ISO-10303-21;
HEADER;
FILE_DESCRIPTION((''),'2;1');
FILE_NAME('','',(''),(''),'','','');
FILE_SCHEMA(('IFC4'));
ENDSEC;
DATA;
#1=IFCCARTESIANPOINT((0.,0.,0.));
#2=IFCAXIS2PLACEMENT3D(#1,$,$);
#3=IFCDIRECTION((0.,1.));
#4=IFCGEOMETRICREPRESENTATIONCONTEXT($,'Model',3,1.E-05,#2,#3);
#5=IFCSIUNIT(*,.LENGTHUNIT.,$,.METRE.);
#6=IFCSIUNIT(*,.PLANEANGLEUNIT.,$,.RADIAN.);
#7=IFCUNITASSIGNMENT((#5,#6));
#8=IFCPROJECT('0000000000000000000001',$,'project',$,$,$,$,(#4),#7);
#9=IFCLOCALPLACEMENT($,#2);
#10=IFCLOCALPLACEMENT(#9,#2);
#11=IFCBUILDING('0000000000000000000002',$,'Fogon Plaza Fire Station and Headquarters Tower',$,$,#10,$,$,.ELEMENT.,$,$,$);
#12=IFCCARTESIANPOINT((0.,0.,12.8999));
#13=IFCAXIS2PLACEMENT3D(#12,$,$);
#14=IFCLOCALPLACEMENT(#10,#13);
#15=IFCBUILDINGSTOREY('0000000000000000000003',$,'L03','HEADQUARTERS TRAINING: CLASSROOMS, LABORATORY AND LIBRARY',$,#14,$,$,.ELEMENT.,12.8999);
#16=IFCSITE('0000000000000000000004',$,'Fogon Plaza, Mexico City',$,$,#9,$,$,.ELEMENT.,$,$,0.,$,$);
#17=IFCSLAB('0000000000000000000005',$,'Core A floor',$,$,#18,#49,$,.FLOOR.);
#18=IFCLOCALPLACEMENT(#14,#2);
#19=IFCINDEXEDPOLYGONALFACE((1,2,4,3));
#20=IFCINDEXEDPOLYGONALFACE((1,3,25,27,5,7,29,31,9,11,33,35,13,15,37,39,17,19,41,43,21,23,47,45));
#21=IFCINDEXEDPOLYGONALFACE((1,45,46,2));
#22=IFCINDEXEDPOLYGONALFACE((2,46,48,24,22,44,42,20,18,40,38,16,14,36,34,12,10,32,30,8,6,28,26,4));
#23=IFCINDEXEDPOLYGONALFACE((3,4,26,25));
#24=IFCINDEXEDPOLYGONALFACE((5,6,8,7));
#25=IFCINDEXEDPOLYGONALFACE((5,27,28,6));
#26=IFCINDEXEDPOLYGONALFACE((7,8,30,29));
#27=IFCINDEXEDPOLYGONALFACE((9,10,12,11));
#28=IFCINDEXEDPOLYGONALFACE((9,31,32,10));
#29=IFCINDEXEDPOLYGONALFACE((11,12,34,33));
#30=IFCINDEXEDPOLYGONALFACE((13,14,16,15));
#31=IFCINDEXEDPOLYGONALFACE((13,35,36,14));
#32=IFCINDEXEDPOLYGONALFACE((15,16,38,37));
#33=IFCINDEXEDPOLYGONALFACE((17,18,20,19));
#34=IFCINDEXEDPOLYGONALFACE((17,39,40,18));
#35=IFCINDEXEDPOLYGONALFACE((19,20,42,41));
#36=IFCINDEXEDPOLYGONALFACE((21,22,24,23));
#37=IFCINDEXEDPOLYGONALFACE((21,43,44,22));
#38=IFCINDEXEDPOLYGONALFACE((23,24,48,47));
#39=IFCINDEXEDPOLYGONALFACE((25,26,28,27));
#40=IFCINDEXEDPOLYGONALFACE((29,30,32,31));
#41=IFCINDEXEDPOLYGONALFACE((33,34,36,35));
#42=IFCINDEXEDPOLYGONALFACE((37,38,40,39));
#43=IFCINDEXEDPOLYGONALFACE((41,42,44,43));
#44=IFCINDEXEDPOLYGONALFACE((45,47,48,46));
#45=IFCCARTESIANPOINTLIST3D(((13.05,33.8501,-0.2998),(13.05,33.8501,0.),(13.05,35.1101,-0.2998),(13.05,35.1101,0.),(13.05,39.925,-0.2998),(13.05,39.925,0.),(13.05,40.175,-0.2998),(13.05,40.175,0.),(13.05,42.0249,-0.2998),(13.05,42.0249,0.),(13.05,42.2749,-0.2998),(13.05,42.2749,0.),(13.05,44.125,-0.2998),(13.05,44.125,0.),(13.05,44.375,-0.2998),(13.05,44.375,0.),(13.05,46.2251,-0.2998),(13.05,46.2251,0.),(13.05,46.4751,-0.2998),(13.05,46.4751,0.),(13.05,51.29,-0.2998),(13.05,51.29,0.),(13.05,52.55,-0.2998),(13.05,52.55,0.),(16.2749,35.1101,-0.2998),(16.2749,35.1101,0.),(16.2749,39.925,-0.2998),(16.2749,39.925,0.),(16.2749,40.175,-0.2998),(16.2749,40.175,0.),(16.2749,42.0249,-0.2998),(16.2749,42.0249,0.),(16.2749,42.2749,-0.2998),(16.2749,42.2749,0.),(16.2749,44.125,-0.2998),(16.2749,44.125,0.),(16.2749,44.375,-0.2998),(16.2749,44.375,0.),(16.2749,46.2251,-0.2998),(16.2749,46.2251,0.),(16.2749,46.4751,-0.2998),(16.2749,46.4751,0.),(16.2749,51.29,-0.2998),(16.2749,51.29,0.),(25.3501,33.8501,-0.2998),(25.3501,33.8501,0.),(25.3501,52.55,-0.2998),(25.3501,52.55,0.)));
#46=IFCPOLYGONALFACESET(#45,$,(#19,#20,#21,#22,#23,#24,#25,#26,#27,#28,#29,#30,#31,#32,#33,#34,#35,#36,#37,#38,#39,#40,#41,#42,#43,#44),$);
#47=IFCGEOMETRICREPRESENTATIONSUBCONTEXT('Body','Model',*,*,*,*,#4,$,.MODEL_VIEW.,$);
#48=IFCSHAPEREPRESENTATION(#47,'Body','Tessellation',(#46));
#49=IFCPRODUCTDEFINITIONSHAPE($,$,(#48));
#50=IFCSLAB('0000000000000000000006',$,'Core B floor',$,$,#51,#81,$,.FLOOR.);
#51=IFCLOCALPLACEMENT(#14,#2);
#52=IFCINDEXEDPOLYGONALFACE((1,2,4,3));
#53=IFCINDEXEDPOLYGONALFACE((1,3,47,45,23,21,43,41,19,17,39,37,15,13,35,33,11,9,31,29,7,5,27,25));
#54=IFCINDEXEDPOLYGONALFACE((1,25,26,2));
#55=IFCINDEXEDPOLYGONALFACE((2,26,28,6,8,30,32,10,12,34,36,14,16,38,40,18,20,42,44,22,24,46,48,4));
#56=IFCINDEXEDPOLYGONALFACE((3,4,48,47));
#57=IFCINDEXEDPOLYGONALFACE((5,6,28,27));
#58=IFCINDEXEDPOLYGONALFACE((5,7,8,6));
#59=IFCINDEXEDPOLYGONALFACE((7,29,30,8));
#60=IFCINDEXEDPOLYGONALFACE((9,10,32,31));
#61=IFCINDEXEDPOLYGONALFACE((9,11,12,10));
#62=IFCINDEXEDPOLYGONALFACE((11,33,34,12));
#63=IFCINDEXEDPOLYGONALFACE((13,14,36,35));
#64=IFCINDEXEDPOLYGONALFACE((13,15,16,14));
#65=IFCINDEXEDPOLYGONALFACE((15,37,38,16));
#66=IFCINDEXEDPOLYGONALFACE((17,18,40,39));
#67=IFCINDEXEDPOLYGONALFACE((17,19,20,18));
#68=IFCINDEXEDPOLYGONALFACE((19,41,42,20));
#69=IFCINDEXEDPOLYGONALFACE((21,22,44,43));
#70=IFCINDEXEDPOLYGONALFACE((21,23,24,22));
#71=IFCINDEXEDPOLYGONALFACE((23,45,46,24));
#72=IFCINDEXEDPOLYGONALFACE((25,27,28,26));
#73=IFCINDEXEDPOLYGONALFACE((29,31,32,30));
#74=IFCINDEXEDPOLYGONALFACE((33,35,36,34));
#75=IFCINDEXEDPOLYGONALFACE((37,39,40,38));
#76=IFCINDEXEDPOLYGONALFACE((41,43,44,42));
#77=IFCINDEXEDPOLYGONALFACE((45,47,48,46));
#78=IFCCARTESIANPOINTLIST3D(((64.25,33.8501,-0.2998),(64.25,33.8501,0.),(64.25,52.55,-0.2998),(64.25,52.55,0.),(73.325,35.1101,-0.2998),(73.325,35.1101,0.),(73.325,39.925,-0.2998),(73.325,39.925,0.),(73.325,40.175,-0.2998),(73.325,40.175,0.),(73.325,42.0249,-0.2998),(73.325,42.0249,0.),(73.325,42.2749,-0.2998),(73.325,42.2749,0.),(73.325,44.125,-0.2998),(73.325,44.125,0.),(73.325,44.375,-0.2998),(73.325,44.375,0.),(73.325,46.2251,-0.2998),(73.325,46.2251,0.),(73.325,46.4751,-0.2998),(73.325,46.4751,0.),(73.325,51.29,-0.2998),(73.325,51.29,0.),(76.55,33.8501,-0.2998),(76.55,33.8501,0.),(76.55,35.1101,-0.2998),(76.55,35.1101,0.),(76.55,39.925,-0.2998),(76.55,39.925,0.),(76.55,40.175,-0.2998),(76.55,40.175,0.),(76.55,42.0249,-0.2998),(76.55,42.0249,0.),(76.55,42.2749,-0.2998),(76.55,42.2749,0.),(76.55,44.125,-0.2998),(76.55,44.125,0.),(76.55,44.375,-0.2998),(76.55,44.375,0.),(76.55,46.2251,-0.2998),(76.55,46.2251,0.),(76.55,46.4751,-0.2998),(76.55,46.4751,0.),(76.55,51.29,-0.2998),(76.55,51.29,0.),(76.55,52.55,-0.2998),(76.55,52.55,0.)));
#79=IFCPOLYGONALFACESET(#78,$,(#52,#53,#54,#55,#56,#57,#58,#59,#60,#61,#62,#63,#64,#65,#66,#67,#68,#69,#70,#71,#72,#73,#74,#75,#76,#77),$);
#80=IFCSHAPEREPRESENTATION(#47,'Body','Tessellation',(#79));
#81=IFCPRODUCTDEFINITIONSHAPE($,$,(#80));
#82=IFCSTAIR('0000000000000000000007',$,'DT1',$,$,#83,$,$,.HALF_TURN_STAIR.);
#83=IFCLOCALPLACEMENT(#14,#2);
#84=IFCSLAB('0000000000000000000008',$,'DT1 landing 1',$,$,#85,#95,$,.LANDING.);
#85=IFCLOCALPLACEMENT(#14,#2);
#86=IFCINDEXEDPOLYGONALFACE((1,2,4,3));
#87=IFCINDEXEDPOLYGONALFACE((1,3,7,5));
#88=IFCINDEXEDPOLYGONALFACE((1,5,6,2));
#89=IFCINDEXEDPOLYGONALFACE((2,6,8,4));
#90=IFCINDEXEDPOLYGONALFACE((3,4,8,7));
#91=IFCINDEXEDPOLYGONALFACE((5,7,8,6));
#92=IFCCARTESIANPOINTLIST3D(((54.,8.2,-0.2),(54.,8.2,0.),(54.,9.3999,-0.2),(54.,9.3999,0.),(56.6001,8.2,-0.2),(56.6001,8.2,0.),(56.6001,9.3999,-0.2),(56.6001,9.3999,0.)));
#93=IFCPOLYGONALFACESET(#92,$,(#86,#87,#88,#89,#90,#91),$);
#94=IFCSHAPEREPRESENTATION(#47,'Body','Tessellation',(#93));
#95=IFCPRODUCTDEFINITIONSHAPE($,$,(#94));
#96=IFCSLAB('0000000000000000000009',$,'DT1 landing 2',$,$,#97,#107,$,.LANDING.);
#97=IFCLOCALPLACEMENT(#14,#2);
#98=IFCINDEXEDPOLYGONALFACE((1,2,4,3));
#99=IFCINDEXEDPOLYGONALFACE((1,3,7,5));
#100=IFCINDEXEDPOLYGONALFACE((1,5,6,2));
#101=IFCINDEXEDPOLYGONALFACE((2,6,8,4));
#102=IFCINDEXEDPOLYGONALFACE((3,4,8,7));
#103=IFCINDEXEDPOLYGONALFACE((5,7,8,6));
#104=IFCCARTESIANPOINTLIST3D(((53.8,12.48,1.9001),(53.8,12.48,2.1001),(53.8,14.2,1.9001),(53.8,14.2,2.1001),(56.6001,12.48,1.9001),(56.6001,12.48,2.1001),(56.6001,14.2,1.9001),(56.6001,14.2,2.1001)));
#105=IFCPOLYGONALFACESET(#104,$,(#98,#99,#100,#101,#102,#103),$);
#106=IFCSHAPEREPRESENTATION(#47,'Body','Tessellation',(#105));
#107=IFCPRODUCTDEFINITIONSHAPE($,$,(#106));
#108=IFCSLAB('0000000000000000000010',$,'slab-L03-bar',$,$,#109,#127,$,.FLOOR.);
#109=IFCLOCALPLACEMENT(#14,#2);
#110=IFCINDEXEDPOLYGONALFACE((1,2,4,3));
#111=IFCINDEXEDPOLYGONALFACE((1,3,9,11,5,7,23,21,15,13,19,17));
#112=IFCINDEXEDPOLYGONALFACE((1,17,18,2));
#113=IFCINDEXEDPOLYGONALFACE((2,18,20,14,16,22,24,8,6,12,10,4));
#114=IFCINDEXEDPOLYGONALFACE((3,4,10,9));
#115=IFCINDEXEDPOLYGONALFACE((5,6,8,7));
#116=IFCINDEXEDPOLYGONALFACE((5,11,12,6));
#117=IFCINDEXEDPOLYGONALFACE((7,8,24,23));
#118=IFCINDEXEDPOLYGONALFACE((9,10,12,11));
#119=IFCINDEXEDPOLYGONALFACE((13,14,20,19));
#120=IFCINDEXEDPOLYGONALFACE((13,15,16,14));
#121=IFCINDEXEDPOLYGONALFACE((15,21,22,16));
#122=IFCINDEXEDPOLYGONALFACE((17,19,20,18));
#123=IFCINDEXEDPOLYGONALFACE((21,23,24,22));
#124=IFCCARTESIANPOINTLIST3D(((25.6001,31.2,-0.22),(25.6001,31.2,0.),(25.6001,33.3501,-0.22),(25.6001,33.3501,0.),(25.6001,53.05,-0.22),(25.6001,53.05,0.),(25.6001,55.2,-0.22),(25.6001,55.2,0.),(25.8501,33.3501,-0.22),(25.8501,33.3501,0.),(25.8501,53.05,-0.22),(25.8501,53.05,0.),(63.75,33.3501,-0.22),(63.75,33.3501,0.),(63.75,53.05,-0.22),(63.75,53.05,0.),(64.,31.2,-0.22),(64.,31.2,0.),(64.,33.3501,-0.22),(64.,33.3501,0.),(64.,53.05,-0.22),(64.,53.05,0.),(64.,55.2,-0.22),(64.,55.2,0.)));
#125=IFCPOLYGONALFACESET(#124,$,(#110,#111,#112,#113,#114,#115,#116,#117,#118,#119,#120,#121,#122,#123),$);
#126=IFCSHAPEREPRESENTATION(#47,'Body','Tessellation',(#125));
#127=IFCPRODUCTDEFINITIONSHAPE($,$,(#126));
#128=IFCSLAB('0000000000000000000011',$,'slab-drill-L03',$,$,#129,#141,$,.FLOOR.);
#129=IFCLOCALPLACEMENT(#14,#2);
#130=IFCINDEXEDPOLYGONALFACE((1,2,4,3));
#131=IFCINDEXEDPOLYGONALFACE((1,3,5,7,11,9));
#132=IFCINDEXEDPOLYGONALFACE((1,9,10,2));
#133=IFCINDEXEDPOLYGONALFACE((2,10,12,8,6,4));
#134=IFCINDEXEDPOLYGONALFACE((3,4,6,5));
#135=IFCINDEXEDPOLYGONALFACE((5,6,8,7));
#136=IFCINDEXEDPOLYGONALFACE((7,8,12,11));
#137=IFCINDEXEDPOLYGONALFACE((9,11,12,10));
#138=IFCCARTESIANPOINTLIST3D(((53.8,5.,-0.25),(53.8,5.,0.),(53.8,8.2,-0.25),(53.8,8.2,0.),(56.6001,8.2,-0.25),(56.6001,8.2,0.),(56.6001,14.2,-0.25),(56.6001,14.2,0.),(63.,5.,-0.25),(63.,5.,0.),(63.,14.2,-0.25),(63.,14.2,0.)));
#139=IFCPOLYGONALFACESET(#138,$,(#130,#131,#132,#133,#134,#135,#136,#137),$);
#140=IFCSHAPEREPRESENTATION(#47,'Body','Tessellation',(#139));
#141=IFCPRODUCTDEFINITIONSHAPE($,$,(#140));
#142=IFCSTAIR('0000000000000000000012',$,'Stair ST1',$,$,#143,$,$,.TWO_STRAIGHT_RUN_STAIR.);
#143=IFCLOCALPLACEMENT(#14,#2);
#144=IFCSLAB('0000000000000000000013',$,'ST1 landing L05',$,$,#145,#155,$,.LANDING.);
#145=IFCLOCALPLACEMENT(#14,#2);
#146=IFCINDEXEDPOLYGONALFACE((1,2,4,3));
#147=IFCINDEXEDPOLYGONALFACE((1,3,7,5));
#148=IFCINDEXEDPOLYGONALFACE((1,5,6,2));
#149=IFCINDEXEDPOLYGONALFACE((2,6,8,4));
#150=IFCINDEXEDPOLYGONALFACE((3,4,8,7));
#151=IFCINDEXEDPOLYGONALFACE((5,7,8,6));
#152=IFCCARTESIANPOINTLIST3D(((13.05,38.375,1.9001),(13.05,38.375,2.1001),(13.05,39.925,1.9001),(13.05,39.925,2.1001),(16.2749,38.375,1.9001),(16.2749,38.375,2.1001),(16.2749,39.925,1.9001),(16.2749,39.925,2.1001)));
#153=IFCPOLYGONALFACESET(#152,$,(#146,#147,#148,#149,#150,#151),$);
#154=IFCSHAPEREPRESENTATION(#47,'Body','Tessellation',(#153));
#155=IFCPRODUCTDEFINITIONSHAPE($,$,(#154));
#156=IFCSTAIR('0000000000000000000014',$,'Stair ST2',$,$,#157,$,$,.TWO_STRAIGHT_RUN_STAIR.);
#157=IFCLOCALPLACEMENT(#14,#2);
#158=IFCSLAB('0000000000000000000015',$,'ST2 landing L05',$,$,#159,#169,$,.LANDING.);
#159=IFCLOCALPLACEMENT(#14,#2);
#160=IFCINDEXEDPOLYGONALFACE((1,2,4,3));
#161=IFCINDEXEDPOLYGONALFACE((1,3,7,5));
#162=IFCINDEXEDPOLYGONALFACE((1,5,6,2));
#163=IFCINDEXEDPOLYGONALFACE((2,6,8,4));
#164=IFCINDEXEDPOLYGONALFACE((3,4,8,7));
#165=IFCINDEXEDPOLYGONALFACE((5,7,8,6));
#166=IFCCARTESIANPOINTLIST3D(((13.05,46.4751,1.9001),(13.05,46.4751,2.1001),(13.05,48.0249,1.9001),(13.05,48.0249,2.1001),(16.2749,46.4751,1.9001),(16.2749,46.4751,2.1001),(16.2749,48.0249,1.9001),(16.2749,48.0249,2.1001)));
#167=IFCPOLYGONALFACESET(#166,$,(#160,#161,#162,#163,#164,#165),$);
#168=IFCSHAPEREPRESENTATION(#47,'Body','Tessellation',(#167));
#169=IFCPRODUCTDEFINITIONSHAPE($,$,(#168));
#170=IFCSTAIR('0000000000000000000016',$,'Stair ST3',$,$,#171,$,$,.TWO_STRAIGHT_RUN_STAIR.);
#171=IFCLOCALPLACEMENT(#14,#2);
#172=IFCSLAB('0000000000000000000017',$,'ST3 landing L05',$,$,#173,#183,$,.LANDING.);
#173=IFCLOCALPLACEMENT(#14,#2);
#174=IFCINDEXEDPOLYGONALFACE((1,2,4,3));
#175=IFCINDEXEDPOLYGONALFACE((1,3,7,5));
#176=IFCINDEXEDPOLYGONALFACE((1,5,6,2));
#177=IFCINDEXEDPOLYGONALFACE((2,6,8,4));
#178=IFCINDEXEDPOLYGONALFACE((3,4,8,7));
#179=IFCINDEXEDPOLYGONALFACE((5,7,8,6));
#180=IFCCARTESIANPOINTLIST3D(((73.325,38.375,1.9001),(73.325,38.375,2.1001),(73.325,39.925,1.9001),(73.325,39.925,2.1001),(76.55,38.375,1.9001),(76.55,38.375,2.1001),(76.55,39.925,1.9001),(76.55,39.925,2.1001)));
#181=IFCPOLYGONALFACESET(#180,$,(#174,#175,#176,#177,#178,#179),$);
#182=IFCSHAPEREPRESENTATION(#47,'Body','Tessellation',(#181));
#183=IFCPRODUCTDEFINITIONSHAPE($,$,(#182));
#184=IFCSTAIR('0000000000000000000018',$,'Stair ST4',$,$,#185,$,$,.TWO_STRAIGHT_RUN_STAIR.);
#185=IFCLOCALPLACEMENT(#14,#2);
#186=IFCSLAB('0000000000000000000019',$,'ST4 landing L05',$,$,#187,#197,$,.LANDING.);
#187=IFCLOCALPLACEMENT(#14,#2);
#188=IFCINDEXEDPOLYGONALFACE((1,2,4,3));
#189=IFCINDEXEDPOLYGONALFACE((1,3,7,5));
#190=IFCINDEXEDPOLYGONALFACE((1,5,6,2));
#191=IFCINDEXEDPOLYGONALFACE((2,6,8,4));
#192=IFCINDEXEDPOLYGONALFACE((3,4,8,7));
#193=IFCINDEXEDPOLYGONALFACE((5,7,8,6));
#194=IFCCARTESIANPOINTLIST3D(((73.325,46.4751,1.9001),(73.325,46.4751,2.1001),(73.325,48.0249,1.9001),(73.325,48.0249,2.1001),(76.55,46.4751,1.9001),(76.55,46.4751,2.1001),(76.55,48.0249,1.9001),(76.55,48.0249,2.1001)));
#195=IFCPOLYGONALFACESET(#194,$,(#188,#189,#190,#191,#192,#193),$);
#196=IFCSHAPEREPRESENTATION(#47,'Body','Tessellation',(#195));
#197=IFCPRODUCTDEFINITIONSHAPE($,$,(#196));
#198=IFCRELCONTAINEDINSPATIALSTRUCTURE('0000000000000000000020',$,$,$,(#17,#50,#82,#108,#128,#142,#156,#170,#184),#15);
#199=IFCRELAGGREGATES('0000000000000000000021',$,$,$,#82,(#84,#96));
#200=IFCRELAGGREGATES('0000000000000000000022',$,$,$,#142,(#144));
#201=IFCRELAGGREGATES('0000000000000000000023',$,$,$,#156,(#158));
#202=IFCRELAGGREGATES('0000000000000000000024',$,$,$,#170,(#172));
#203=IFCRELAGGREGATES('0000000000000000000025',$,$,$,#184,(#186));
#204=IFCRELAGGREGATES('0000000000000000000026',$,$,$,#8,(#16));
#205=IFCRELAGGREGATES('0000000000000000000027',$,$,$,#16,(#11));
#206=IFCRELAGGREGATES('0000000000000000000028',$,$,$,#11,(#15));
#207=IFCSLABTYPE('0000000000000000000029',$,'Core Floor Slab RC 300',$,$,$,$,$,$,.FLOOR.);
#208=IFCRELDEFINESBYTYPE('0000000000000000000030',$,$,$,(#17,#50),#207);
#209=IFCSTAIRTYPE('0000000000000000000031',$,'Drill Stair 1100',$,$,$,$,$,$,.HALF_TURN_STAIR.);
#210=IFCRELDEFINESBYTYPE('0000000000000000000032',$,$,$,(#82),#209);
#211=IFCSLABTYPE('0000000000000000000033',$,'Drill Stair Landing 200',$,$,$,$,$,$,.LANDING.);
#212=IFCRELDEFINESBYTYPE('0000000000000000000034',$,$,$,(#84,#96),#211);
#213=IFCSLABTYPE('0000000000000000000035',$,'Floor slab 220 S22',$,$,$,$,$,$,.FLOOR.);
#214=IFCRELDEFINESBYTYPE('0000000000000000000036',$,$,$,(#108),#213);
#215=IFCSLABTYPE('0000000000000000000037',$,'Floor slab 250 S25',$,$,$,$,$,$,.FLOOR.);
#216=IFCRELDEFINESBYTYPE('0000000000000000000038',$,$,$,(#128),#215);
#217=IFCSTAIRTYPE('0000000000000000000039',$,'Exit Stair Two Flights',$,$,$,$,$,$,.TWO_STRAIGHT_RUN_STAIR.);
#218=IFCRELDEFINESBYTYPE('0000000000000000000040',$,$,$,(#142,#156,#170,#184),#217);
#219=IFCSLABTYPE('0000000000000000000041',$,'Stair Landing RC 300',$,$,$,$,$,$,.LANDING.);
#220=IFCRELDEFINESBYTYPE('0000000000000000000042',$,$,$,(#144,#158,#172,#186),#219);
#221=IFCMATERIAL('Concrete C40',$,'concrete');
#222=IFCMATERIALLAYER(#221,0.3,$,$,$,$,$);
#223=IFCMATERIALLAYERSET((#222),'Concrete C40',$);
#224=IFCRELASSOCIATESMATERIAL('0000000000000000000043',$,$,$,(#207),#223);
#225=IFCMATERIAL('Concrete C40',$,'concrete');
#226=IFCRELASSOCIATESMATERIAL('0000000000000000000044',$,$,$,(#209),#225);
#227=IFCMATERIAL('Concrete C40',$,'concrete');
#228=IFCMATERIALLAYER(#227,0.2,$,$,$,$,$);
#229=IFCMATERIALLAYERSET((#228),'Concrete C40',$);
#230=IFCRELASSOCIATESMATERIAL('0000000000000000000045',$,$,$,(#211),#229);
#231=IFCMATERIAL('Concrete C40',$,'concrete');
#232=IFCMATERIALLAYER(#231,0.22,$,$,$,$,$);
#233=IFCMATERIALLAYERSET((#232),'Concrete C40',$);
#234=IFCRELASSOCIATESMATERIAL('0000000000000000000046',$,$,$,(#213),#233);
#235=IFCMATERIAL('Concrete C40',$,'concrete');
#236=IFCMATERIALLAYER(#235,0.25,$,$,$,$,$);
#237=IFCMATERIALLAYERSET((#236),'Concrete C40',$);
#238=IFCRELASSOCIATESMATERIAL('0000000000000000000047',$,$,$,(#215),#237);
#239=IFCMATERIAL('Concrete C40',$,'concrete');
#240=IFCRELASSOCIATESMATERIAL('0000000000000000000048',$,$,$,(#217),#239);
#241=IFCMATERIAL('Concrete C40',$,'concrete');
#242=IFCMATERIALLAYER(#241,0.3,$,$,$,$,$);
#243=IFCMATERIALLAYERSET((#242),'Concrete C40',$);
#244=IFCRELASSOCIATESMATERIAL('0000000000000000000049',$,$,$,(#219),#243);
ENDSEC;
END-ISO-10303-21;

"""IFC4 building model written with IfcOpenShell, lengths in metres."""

from ifc_helpers import new_model, si_unit, direction, frame, origin, place, context, subcontext, project, spatial, polyline, outline, extrude, material, layer, layer_set, type_object, element, aggregate, save


model = new_model("IFC4")

# Units and contexts
model_context = context("Model", 3, precision=1e-05, world=origin(), true_north=direction((0.0, 1.0)))
body_context = subcontext(model_context, "Body", "Model", "MODEL_VIEW")
ifc_project = project(units=[si_unit("LENGTHUNIT", "METRE"), si_unit("PLANEANGLEUNIT", "RADIAN")], contexts=[model_context])

# Site, building, storey
site_placement = place(None, origin())
site = spatial("IfcSite", under=ifc_project, at=site_placement, Name="Fogon Plaza, Mexico City", CompositionType="ELEMENT", RefElevation=0.0)
building_placement = place(site_placement, origin())
building = spatial("IfcBuilding", under=site, at=building_placement, Name="Fogon Plaza Fire Station and Headquarters Tower", CompositionType="ELEMENT")
storey_placement = place(building_placement, frame((0.0, 0.0, 12.8999)))
storey = spatial("IfcBuildingStorey", under=building, at=storey_placement, Name="L03", Description="HEADQUARTERS TRAINING: CLASSROOMS, LABORATORY AND LIBRARY", CompositionType="ELEMENT", Elevation=12.8999)

# Slabs
ifc_material_1 = material(Name="Concrete C40", Category="concrete")
ifc_layer_1 = layer(ifc_material_1, 0.3)
ifc_layer_set_1 = layer_set([ifc_layer_1], Name="Concrete C40")
slab_type_1 = type_object("IfcSlabType", Name="Core Floor Slab RC 300", PredefinedType="FLOOR", material=ifc_layer_set_1)
slab_1_placement = place(storey_placement, frame((0.0, 0.0, -0.2998)))
element("IfcSlab", 1, at=slab_1_placement, inside=storey, type_object=slab_type_1, Name="Core A floor", PredefinedType="FLOOR", context=body_context, shape_type="SweptSolid", body=[
    extrude(outline(polyline([(13.05, 35.1101), (13.05, 33.8501), (25.3501, 33.8501), (25.3501, 52.55), (13.05, 52.55), (13.05, 51.29), (16.2749, 51.29), (16.2749, 46.4751), (13.05, 46.4751), (13.05, 46.2251), (16.2749, 46.2251), (16.2749, 44.375), (13.05, 44.375), (13.05, 44.125), (16.2749, 44.125), (16.2749, 42.2749), (13.05, 42.2749), (13.05, 42.0249), (16.2749, 42.0249), (16.2749, 40.175), (13.05, 40.175), (13.05, 39.925), (16.2749, 39.925), (16.2749, 35.1101), (13.05, 35.1101)])), origin(), (0.0, 0.0, 1.0), 0.2998),
])
slab_2_placement = place(storey_placement, frame((0.0, 0.0, -0.2998)))
element("IfcSlab", 2, at=slab_2_placement, inside=storey, type_object=slab_type_1, Name="Core B floor", PredefinedType="FLOOR", context=body_context, shape_type="SweptSolid", body=[
    extrude(outline(polyline([(76.55, 35.1101), (73.325, 35.1101), (73.325, 39.925), (76.55, 39.925), (76.55, 40.175), (73.325, 40.175), (73.325, 42.0249), (76.55, 42.0249), (76.55, 42.2749), (73.325, 42.2749), (73.325, 44.125), (76.55, 44.125), (76.55, 44.375), (73.325, 44.375), (73.325, 46.2251), (76.55, 46.2251), (76.55, 46.4751), (73.325, 46.4751), (73.325, 51.29), (76.55, 51.29), (76.55, 52.55), (64.25, 52.55), (64.25, 33.8501), (76.55, 33.8501), (76.55, 35.1101)])), origin(), (0.0, 0.0, 1.0), 0.2998),
])

# Stair, slabs
ifc_material_2 = material(Name="Concrete C40", Category="concrete")
stair_type_1 = type_object("IfcStairType", Name="Drill Stair 1100", PredefinedType="HALF_TURN_STAIR", material=ifc_material_2)
stair_1_placement = place(storey_placement, origin())
stair_1 = element("IfcStair", 3, at=stair_1_placement, inside=storey, type_object=stair_type_1, Name="DT1", PredefinedType="HALF_TURN_STAIR")
ifc_material_3 = material(Name="Concrete C40", Category="concrete")
ifc_layer_2 = layer(ifc_material_3, 0.2)
ifc_layer_set_2 = layer_set([ifc_layer_2], Name="Concrete C40")
slab_type_2 = type_object("IfcSlabType", Name="Drill Stair Landing 200", PredefinedType="LANDING", material=ifc_layer_set_2)
slab_3_placement = place(storey_placement, frame((0.0, 0.0, -0.2)))
slab_3 = element("IfcSlab", 4, at=slab_3_placement, type_object=slab_type_2, Name="DT1 landing 1", PredefinedType="LANDING", context=body_context, shape_type="SweptSolid", body=[
    extrude(outline(polyline([(54.0, 8.2), (56.6001, 8.2), (56.6001, 9.3999), (54.0, 9.3999), (54.0, 8.2)])), origin(), (0.0, 0.0, 1.0), 0.2),
])
slab_4_placement = place(storey_placement, frame((0.0, 0.0, 1.9001)))
slab_4 = element("IfcSlab", 5, at=slab_4_placement, type_object=slab_type_2, Name="DT1 landing 2", PredefinedType="LANDING", context=body_context, shape_type="SweptSolid", body=[
    extrude(outline(polyline([(53.8, 12.48), (56.6001, 12.48), (56.6001, 14.2), (53.8, 14.2), (53.8, 12.48)])), origin(), (0.0, 0.0, 1.0), 0.2),
])
aggregate(stair_1, [slab_3, slab_4])

# Slabs
ifc_material_4 = material(Name="Concrete C40", Category="concrete")
ifc_layer_3 = layer(ifc_material_4, 0.22)
ifc_layer_set_3 = layer_set([ifc_layer_3], Name="Concrete C40")
slab_type_3 = type_object("IfcSlabType", Name="Floor slab 220 S22", PredefinedType="FLOOR", material=ifc_layer_set_3)
slab_5_placement = place(storey_placement, frame((0.0, 0.0, -0.22)))
element("IfcSlab", 6, at=slab_5_placement, inside=storey, type_object=slab_type_3, Name="slab-L03-bar", PredefinedType="FLOOR", context=body_context, shape_type="SweptSolid", body=[
    extrude(outline(polyline([(64.0, 31.2), (25.6001, 31.2), (25.6001, 33.3501), (25.8501, 33.3501), (25.8501, 53.05), (25.6001, 53.05), (25.6001, 55.2), (64.0, 55.2), (64.0, 53.05), (63.75, 53.05), (63.75, 33.3501), (64.0, 33.3501), (64.0, 31.2)])), origin(), (0.0, 0.0, 1.0), 0.22),
])
ifc_material_5 = material(Name="Concrete C40", Category="concrete")
ifc_layer_4 = layer(ifc_material_5, 0.25)
ifc_layer_set_4 = layer_set([ifc_layer_4], Name="Concrete C40")
slab_type_4 = type_object("IfcSlabType", Name="Floor slab 250 S25", PredefinedType="FLOOR", material=ifc_layer_set_4)
slab_6_placement = place(storey_placement, frame((0.0, 0.0, -0.25)))
element("IfcSlab", 7, at=slab_6_placement, inside=storey, type_object=slab_type_4, Name="slab-drill-L03", PredefinedType="FLOOR", context=body_context, shape_type="SweptSolid", body=[
    extrude(outline(polyline([(63.0, 14.2), (63.0, 5.0), (53.8, 5.0), (53.8, 8.2), (56.6001, 8.2), (56.6001, 14.2), (63.0, 14.2)])), origin(), (0.0, 0.0, 1.0), 0.25),
])

# Stairs, slabs
ifc_material_6 = material(Name="Concrete C40", Category="concrete")
stair_type_2 = type_object("IfcStairType", Name="Exit Stair Two Flights", PredefinedType="TWO_STRAIGHT_RUN_STAIR", material=ifc_material_6)
stair_2_placement = place(storey_placement, origin())
stair_2 = element("IfcStair", 8, at=stair_2_placement, inside=storey, type_object=stair_type_2, Name="Stair ST1", PredefinedType="TWO_STRAIGHT_RUN_STAIR")
ifc_material_7 = material(Name="Concrete C40", Category="concrete")
ifc_layer_5 = layer(ifc_material_7, 0.3)
ifc_layer_set_5 = layer_set([ifc_layer_5], Name="Concrete C40")
slab_type_5 = type_object("IfcSlabType", Name="Stair Landing RC 300", PredefinedType="LANDING", material=ifc_layer_set_5)
slab_7_placement = place(storey_placement, frame((0.0, 0.0, 1.9001)))
slab_7 = element("IfcSlab", 9, at=slab_7_placement, type_object=slab_type_5, Name="ST1 landing L05", PredefinedType="LANDING", context=body_context, shape_type="SweptSolid", body=[
    extrude(outline(polyline([(16.2749, 38.375), (16.2749, 39.925), (13.05, 39.925), (13.05, 38.375), (16.2749, 38.375)])), origin(), (0.0, 0.0, 1.0), 0.2),
])
aggregate(stair_2, [slab_7])
stair_3_placement = place(storey_placement, origin())
stair_3 = element("IfcStair", 10, at=stair_3_placement, inside=storey, type_object=stair_type_2, Name="Stair ST2", PredefinedType="TWO_STRAIGHT_RUN_STAIR")
slab_8_placement = place(storey_placement, frame((0.0, 0.0, 1.9001)))
slab_8 = element("IfcSlab", 11, at=slab_8_placement, type_object=slab_type_5, Name="ST2 landing L05", PredefinedType="LANDING", context=body_context, shape_type="SweptSolid", body=[
    extrude(outline(polyline([(16.2749, 46.4751), (16.2749, 48.0249), (13.05, 48.0249), (13.05, 46.4751), (16.2749, 46.4751)])), origin(), (0.0, 0.0, 1.0), 0.2),
])
aggregate(stair_3, [slab_8])
stair_4_placement = place(storey_placement, origin())
stair_4 = element("IfcStair", 12, at=stair_4_placement, inside=storey, type_object=stair_type_2, Name="Stair ST3", PredefinedType="TWO_STRAIGHT_RUN_STAIR")
slab_9_placement = place(storey_placement, frame((0.0, 0.0, 1.9001)))
slab_9 = element("IfcSlab", 13, at=slab_9_placement, type_object=slab_type_5, Name="ST3 landing L05", PredefinedType="LANDING", context=body_context, shape_type="SweptSolid", body=[
    extrude(outline(polyline([(73.325, 38.375), (76.55, 38.375), (76.55, 39.925), (73.325, 39.925), (73.325, 38.375)])), origin(), (0.0, 0.0, 1.0), 0.2),
])
aggregate(stair_4, [slab_9])
stair_5_placement = place(storey_placement, origin())
stair_5 = element("IfcStair", 14, at=stair_5_placement, inside=storey, type_object=stair_type_2, Name="Stair ST4", PredefinedType="TWO_STRAIGHT_RUN_STAIR")
slab_10_placement = place(storey_placement, frame((0.0, 0.0, 1.9001)))
slab_10 = element("IfcSlab", 15, at=slab_10_placement, type_object=slab_type_5, Name="ST4 landing L05", PredefinedType="LANDING", context=body_context, shape_type="SweptSolid", body=[
    extrude(outline(polyline([(73.325, 46.4751), (76.55, 46.4751), (76.55, 48.0249), (73.325, 48.0249), (73.325, 46.4751)])), origin(), (0.0, 0.0, 1.0), 0.2),
])
aggregate(stair_5, [slab_10])

save(model, "model.ifc")
